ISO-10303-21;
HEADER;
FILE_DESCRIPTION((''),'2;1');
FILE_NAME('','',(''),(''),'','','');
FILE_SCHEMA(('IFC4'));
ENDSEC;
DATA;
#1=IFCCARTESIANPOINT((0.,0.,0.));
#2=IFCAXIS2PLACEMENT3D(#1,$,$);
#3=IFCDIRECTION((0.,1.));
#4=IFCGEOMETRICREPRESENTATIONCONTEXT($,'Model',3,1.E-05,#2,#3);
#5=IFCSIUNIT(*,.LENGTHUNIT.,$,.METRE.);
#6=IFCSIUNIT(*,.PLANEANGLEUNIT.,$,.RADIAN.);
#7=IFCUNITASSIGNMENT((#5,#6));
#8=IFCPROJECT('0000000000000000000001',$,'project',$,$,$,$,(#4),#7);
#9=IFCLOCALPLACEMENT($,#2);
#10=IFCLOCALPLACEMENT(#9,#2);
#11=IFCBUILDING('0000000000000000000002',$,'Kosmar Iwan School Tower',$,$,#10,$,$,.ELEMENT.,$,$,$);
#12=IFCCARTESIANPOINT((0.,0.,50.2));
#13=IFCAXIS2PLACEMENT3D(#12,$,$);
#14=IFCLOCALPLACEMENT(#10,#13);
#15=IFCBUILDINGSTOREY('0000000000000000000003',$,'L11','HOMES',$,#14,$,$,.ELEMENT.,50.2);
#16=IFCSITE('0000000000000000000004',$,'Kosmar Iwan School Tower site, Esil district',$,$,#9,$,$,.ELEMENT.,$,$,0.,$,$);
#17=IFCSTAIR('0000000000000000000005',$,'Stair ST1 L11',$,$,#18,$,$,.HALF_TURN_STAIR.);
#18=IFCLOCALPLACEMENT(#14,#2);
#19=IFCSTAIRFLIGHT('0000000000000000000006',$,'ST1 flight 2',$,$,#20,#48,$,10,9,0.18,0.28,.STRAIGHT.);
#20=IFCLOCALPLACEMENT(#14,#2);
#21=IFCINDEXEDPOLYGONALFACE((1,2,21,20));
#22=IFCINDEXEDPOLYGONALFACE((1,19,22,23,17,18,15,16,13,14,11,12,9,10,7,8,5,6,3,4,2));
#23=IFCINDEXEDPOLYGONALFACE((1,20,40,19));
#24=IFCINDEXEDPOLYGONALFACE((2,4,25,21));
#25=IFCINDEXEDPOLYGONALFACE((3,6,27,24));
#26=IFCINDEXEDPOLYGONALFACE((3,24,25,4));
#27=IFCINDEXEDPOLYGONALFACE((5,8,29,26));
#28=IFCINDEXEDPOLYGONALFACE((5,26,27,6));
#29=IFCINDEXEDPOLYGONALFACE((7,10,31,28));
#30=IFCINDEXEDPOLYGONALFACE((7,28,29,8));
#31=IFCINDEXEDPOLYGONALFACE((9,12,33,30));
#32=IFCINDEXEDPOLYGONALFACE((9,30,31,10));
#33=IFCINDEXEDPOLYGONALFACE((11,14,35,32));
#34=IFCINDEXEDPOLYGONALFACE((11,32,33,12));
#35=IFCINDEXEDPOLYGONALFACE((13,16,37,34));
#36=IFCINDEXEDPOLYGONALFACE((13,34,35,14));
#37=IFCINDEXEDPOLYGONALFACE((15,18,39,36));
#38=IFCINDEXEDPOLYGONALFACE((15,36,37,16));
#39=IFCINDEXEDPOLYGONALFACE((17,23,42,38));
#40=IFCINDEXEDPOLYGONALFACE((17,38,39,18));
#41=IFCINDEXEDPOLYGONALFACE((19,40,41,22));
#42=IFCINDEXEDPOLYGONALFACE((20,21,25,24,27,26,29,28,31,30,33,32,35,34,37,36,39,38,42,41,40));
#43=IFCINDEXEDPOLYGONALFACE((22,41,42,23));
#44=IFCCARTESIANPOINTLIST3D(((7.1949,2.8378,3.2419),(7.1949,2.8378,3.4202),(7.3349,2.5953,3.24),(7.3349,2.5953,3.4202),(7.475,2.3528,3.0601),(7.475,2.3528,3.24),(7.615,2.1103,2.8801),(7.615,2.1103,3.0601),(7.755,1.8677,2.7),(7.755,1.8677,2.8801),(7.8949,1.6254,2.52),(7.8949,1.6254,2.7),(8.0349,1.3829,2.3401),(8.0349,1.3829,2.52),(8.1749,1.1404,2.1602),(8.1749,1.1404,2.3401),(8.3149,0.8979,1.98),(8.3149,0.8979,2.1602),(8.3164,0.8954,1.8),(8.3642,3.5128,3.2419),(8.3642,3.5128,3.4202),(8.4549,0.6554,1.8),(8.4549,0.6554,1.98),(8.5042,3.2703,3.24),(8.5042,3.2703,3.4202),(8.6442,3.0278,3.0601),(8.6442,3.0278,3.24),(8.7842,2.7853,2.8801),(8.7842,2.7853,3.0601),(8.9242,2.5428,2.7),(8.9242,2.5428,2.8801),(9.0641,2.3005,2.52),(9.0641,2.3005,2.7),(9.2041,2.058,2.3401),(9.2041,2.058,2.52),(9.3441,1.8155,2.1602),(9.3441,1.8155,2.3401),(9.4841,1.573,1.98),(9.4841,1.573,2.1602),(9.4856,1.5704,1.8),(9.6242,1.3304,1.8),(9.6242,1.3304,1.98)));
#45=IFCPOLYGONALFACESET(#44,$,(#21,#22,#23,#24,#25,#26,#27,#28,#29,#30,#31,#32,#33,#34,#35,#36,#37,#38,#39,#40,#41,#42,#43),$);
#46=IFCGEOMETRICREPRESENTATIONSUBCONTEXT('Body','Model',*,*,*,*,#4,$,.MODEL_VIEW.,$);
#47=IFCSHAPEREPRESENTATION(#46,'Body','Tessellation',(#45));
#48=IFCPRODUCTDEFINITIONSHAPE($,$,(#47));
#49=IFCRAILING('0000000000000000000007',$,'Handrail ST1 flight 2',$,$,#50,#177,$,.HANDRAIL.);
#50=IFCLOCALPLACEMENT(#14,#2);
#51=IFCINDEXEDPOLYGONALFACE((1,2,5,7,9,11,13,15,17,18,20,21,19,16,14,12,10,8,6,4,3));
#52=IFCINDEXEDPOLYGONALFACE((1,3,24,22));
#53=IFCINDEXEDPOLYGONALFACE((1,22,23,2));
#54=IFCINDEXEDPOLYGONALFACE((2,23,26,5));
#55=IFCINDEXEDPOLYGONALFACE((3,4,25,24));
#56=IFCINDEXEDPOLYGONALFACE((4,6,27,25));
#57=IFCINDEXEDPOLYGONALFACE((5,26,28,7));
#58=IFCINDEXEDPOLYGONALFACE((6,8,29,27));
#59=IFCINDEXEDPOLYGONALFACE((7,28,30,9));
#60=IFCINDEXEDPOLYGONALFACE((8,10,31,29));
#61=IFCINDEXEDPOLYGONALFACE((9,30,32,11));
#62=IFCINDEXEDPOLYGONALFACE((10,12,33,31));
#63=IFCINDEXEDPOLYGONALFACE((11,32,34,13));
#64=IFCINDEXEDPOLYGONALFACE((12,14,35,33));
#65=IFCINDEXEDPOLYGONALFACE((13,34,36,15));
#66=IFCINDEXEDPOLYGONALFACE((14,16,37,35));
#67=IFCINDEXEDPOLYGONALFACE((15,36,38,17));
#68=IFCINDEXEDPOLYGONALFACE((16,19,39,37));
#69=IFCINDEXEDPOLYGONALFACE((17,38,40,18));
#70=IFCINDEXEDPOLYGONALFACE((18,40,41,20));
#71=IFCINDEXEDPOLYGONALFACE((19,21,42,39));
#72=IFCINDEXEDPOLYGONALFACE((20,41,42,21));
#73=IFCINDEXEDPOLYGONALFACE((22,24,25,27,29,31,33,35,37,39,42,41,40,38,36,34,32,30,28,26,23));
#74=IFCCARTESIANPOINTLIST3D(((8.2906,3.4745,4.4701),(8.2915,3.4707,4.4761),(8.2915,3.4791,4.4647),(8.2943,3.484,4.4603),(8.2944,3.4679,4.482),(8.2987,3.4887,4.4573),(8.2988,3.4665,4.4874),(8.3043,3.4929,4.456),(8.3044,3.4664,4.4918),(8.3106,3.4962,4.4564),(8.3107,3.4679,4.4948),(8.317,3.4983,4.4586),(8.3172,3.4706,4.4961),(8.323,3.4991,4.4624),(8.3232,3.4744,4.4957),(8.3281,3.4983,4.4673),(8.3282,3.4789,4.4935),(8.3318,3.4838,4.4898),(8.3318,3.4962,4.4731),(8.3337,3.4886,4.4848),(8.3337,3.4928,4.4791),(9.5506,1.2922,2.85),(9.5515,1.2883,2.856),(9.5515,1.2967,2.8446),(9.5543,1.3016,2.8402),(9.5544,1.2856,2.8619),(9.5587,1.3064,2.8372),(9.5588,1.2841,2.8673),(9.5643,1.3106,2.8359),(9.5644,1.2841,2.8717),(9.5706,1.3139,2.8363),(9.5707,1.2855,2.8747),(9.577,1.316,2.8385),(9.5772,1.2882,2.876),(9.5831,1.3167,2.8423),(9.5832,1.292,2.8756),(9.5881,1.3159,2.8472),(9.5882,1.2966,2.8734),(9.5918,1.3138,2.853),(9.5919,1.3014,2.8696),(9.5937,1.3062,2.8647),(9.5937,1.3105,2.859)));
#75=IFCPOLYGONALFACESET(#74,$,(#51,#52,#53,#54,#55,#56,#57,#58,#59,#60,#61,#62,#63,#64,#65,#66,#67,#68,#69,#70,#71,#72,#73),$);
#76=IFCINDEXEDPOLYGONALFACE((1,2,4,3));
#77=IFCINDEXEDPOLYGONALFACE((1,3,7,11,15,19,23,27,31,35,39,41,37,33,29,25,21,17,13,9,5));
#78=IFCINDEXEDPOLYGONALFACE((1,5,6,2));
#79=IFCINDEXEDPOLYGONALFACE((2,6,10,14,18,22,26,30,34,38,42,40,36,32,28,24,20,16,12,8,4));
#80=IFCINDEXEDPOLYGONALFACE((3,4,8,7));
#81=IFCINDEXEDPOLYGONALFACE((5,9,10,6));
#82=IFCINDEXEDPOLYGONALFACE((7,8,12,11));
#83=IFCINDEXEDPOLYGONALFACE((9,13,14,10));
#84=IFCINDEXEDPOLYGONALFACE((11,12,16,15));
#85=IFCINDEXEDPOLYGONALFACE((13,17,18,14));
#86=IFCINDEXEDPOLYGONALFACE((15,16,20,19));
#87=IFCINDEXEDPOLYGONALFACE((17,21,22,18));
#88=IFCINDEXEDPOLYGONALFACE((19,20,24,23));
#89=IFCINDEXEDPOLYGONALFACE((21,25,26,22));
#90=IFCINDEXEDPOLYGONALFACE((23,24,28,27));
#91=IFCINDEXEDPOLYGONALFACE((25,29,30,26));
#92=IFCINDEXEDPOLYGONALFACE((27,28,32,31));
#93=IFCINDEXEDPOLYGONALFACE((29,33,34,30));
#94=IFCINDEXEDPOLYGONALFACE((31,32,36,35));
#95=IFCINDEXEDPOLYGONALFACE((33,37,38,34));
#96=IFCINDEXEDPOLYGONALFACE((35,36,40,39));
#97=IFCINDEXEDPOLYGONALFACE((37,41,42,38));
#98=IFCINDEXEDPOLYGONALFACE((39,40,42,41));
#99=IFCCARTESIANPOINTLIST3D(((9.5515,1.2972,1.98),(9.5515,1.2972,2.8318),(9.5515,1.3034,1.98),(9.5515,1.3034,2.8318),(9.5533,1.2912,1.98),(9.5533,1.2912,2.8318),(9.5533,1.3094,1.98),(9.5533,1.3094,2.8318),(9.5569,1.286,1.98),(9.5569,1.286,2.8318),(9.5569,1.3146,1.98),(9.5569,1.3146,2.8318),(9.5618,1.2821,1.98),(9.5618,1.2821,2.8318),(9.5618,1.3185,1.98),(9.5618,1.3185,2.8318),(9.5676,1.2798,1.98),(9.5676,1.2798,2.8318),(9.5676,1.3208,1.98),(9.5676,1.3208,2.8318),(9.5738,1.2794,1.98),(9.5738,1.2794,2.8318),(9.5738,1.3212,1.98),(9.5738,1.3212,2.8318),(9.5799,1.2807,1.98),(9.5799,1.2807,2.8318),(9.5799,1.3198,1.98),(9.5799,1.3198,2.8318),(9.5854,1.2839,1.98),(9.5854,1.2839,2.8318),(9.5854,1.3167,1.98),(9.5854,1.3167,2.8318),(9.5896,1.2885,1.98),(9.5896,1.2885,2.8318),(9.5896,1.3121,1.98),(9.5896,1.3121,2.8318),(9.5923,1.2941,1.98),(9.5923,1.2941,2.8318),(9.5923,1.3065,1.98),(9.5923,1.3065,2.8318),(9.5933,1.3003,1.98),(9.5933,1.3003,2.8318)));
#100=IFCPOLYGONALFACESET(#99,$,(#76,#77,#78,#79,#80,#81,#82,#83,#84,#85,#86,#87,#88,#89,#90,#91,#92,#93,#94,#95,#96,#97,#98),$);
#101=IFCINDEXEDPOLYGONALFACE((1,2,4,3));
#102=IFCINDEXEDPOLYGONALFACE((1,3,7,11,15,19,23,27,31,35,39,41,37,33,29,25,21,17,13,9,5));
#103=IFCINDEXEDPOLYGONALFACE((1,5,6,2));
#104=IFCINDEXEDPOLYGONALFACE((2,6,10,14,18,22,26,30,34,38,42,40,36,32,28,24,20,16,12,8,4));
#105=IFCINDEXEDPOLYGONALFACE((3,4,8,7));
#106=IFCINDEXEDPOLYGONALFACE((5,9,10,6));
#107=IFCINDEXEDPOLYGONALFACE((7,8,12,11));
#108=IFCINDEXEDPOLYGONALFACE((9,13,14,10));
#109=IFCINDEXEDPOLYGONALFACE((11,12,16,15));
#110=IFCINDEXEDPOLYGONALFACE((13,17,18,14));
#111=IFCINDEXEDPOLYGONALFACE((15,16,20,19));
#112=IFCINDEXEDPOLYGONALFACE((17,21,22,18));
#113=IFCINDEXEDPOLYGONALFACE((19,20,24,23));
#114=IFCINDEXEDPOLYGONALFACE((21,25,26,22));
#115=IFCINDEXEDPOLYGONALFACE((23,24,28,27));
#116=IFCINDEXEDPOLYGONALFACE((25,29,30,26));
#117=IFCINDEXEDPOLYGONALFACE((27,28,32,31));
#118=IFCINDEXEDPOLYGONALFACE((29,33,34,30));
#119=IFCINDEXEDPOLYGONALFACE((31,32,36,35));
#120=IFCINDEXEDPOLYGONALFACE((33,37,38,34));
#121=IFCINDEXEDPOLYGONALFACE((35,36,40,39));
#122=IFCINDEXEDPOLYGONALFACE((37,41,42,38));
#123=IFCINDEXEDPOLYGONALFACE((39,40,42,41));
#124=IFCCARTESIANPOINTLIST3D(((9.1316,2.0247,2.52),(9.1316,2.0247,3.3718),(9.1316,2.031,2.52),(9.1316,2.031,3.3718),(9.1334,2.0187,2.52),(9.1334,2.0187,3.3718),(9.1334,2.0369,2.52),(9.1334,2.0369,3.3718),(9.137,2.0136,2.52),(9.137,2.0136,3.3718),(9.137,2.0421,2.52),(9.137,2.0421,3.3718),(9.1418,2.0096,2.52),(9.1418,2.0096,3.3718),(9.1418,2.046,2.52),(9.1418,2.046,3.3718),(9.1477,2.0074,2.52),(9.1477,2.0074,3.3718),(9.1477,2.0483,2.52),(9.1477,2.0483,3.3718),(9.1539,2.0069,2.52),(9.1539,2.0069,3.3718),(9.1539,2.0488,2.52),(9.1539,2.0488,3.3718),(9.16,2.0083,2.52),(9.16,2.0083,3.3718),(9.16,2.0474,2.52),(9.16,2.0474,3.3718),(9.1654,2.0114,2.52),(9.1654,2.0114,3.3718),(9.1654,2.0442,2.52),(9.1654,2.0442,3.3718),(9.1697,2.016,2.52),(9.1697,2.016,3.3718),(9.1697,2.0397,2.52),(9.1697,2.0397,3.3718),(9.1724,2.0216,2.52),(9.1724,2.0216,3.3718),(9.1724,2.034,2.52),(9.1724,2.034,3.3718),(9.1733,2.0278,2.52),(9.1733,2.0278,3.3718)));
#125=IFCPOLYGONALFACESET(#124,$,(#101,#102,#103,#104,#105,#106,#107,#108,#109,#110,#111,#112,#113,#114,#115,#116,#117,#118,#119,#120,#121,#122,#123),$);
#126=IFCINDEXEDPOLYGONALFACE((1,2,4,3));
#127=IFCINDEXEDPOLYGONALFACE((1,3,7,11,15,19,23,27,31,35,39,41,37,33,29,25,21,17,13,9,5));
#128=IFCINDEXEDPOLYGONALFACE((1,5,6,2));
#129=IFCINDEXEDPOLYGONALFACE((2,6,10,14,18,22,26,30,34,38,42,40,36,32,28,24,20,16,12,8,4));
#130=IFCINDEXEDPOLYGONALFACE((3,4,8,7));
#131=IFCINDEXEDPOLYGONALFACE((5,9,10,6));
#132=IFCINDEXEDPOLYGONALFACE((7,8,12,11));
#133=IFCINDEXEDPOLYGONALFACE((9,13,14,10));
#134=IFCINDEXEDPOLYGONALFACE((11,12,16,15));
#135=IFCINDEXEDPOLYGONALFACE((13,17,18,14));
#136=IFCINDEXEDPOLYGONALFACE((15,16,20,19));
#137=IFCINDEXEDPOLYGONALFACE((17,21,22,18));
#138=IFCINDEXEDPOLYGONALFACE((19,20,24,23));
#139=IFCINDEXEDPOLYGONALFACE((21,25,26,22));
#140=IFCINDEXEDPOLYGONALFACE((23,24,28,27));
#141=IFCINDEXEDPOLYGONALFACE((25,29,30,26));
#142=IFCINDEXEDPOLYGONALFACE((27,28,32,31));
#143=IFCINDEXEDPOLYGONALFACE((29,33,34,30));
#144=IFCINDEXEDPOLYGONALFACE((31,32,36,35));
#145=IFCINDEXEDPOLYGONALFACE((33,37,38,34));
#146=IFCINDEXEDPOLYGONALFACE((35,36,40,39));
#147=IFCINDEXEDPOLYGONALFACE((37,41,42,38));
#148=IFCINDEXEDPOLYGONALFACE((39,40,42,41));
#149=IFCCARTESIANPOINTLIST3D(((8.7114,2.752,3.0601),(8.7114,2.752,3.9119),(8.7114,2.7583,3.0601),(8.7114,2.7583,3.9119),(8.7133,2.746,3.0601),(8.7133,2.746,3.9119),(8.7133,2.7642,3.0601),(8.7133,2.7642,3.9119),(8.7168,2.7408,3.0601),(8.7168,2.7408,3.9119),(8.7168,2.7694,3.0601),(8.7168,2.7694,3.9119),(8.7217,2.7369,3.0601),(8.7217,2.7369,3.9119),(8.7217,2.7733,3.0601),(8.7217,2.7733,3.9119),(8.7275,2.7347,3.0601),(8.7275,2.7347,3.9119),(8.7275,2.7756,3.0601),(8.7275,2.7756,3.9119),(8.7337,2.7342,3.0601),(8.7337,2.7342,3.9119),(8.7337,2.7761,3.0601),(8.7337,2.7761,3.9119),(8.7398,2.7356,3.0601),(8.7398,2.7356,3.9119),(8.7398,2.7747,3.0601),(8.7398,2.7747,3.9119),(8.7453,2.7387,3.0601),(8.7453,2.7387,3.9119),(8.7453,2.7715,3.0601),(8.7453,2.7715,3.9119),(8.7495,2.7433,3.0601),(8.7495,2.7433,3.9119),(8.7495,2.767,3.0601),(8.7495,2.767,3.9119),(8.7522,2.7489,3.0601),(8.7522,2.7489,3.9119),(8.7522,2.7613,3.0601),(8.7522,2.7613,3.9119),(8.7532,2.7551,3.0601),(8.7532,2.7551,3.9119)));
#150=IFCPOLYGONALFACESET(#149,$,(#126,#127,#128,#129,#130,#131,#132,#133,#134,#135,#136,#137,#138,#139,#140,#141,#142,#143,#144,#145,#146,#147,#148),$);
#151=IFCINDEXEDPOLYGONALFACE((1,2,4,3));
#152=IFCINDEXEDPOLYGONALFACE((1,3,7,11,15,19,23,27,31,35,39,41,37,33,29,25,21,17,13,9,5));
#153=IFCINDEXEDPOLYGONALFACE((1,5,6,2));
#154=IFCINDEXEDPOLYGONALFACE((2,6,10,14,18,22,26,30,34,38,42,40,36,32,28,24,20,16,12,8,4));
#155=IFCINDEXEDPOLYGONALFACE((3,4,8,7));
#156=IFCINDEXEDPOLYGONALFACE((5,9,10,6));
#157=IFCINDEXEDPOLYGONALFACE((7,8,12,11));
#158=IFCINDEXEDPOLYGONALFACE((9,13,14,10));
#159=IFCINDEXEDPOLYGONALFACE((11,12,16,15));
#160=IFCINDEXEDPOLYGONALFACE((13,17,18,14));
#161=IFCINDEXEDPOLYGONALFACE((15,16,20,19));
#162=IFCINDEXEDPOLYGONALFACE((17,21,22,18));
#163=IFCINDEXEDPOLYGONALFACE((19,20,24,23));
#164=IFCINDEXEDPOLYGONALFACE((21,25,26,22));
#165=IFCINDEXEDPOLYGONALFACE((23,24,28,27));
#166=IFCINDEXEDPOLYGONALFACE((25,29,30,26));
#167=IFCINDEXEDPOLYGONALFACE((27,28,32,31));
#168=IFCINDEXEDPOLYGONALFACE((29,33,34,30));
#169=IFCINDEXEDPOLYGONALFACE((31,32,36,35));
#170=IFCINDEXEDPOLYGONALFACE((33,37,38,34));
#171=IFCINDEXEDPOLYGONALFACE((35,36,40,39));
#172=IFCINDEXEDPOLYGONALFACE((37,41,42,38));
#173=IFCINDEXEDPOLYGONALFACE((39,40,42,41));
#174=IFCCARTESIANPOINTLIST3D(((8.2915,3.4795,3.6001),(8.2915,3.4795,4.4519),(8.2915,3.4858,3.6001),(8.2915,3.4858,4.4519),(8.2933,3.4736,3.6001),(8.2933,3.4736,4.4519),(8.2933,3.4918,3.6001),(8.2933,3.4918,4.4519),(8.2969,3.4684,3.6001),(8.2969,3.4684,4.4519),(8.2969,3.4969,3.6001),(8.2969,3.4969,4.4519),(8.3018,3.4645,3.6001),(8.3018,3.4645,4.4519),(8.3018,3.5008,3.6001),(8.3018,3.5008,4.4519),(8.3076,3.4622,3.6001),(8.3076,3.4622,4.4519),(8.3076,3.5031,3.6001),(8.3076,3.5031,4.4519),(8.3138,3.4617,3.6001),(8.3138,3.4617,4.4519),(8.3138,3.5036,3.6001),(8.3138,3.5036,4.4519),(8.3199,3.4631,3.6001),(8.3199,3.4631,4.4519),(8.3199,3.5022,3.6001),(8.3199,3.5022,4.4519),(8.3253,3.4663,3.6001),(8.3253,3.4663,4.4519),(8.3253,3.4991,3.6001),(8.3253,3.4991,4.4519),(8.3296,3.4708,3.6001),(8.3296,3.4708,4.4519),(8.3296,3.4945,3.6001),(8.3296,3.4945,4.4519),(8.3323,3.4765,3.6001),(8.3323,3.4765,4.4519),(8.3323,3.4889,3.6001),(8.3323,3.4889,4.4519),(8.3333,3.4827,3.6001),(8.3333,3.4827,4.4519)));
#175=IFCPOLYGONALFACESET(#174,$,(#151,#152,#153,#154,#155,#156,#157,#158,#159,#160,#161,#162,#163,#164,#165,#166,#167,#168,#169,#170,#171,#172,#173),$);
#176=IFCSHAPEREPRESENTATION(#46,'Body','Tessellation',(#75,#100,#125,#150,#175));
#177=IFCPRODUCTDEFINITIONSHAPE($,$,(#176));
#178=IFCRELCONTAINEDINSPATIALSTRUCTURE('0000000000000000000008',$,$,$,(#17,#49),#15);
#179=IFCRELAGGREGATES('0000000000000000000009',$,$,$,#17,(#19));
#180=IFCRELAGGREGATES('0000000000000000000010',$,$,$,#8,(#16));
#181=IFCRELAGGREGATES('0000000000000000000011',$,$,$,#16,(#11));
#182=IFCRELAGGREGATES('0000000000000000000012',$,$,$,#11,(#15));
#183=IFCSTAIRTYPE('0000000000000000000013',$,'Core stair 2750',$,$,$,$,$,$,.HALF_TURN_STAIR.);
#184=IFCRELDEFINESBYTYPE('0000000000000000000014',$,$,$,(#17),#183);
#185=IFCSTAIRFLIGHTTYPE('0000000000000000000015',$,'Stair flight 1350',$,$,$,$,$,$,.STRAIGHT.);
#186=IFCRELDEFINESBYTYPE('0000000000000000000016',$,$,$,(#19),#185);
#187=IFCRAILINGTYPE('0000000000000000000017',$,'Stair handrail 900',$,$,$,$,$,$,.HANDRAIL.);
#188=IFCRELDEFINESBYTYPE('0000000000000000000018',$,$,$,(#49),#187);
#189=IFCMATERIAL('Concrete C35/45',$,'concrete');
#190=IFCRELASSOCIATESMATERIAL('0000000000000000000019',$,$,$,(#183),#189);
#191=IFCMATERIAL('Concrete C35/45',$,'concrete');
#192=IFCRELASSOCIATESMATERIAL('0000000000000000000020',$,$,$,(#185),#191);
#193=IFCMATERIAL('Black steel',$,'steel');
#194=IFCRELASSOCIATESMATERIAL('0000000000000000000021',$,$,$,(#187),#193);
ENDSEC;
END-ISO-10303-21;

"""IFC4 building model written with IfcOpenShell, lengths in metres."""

from ifc_helpers import new_model, si_unit, direction, frame, origin, origin_2d, place, context, subcontext, project, spatial, polyline, circle, outline, extrude, material, type_object, element, aggregate, save


model = new_model("IFC4")

# Units and contexts
model_context = context("Model", 3, precision=1e-05, world=origin(), true_north=direction((0.0, 1.0)))
body_context = subcontext(model_context, "Body", "Model", "MODEL_VIEW")
ifc_project = project(units=[si_unit("LENGTHUNIT", "METRE"), si_unit("PLANEANGLEUNIT", "RADIAN")], contexts=[model_context])

# Site, building, storey
site_placement = place(None, origin())
site = spatial("IfcSite", under=ifc_project, at=site_placement, Name="Kosmar Iwan School Tower site, Esil district", CompositionType="ELEMENT", RefElevation=0.0)
building_placement = place(site_placement, origin())
building = spatial("IfcBuilding", under=site, at=building_placement, Name="Kosmar Iwan School Tower", CompositionType="ELEMENT")
storey_placement = place(building_placement, frame((0.0, 0.0, 50.2)))
storey = spatial("IfcBuildingStorey", under=building, at=storey_placement, Name="L11", Description="HOMES", CompositionType="ELEMENT", Elevation=50.2)

# Stair, stair flight
ifc_material_1 = material(Name="Concrete C35/45", Category="concrete")
stair_type = type_object("IfcStairType", Name="Core stair 2750", PredefinedType="HALF_TURN_STAIR", material=ifc_material_1)
stair_placement = place(storey_placement, origin())
stair = element("IfcStair", 1, at=stair_placement, inside=storey, type_object=stair_type, Name="Stair ST1 L11", PredefinedType="HALF_TURN_STAIR")
ifc_material_2 = material(Name="Concrete C35/45", Category="concrete")
stair_flight_type = type_object("IfcStairFlightType", Name="Stair flight 1350", PredefinedType="STRAIGHT", material=ifc_material_2)
stair_flight_placement = place(storey_placement, frame((9.0396, 0.9929, 1.8), z_axis=(0.0, 0.0, 1.0), x_axis=(-0.5, 0.866025, 0.0)))
stair_flight = element("IfcStairFlight", 2, at=stair_flight_placement, type_object=stair_flight_type, Name="ST1 flight 2", NumberOfRisers=10, NumberOfTreads=9, PredefinedType="STRAIGHT", RiserHeight=0.18, TreadLength=0.28, context=body_context, shape_type="SweptSolid", body=[
    extrude(outline(polyline([(0.0, 0.0), (0.0, 0.1799), (0.28, 0.1799), (0.28, 0.3601), (0.5601, 0.3601), (0.5601, 0.54), (0.8401, 0.54), (0.8401, 0.72), (1.1201, 0.72), (1.1201, 0.8999), (1.3999, 0.8999), (1.3999, 1.0801), (1.6799, 1.0801), (1.6799, 1.26), (1.96, 1.26), (1.96, 1.4399), (2.24, 1.4399), (2.24, 1.6201), (2.52, 1.6201), (2.52, 1.8), (2.52, 1.4419), (0.2771, 0.0), (0.0, 0.0)])), frame((0.0, 0.675, 0.0), z_axis=(0.0, -1.0, 0.0), x_axis=(1.0, 0.0, 0.0)), (0.0, 0.0, 1.0), 1.3501),
])
aggregate(stair, [stair_flight])

# Railing
ifc_material_3 = material(Name="Black steel", Category="steel")
railing_type = type_object("IfcRailingType", Name="Stair handrail 900", PredefinedType="HANDRAIL", material=ifc_material_3)
railing_placement = place(storey_placement, frame((9.5723, 1.3003, 1.98)))
element("IfcRailing", 3, at=railing_placement, inside=storey, type_object=railing_type, Name="Handrail ST1 flight 2", PredefinedType="HANDRAIL", context=body_context, shape_type="SweptSolid", body=[
    extrude(circle(Radius=0.0239, at=origin_2d()), frame((0.0, 0.0, 0.876), z_axis=(-0.420584, 0.728464, 0.540786), x_axis=(-0.866023, -0.500005, 0.0)), (0.0, 0.0, 1.0), 2.9958),
    extrude(circle(Radius=0.021, at=origin_2d()), origin(), (0.0, 0.0, 1.0), 0.8518),
    extrude(circle(Radius=0.021, at=origin_2d()), frame((-0.4199, 0.7275, 0.54)), (0.0, 0.0, 1.0), 0.8518),
    extrude(circle(Radius=0.021, at=origin_2d()), frame((-0.8401, 1.4548, 1.0801)), (0.0, 0.0, 1.0), 0.8518),
    extrude(circle(Radius=0.021, at=origin_2d()), frame((-1.26, 2.1824, 1.6201)), (0.0, 0.0, 1.0), 0.8518),
])

save(model, "model.ifc")
